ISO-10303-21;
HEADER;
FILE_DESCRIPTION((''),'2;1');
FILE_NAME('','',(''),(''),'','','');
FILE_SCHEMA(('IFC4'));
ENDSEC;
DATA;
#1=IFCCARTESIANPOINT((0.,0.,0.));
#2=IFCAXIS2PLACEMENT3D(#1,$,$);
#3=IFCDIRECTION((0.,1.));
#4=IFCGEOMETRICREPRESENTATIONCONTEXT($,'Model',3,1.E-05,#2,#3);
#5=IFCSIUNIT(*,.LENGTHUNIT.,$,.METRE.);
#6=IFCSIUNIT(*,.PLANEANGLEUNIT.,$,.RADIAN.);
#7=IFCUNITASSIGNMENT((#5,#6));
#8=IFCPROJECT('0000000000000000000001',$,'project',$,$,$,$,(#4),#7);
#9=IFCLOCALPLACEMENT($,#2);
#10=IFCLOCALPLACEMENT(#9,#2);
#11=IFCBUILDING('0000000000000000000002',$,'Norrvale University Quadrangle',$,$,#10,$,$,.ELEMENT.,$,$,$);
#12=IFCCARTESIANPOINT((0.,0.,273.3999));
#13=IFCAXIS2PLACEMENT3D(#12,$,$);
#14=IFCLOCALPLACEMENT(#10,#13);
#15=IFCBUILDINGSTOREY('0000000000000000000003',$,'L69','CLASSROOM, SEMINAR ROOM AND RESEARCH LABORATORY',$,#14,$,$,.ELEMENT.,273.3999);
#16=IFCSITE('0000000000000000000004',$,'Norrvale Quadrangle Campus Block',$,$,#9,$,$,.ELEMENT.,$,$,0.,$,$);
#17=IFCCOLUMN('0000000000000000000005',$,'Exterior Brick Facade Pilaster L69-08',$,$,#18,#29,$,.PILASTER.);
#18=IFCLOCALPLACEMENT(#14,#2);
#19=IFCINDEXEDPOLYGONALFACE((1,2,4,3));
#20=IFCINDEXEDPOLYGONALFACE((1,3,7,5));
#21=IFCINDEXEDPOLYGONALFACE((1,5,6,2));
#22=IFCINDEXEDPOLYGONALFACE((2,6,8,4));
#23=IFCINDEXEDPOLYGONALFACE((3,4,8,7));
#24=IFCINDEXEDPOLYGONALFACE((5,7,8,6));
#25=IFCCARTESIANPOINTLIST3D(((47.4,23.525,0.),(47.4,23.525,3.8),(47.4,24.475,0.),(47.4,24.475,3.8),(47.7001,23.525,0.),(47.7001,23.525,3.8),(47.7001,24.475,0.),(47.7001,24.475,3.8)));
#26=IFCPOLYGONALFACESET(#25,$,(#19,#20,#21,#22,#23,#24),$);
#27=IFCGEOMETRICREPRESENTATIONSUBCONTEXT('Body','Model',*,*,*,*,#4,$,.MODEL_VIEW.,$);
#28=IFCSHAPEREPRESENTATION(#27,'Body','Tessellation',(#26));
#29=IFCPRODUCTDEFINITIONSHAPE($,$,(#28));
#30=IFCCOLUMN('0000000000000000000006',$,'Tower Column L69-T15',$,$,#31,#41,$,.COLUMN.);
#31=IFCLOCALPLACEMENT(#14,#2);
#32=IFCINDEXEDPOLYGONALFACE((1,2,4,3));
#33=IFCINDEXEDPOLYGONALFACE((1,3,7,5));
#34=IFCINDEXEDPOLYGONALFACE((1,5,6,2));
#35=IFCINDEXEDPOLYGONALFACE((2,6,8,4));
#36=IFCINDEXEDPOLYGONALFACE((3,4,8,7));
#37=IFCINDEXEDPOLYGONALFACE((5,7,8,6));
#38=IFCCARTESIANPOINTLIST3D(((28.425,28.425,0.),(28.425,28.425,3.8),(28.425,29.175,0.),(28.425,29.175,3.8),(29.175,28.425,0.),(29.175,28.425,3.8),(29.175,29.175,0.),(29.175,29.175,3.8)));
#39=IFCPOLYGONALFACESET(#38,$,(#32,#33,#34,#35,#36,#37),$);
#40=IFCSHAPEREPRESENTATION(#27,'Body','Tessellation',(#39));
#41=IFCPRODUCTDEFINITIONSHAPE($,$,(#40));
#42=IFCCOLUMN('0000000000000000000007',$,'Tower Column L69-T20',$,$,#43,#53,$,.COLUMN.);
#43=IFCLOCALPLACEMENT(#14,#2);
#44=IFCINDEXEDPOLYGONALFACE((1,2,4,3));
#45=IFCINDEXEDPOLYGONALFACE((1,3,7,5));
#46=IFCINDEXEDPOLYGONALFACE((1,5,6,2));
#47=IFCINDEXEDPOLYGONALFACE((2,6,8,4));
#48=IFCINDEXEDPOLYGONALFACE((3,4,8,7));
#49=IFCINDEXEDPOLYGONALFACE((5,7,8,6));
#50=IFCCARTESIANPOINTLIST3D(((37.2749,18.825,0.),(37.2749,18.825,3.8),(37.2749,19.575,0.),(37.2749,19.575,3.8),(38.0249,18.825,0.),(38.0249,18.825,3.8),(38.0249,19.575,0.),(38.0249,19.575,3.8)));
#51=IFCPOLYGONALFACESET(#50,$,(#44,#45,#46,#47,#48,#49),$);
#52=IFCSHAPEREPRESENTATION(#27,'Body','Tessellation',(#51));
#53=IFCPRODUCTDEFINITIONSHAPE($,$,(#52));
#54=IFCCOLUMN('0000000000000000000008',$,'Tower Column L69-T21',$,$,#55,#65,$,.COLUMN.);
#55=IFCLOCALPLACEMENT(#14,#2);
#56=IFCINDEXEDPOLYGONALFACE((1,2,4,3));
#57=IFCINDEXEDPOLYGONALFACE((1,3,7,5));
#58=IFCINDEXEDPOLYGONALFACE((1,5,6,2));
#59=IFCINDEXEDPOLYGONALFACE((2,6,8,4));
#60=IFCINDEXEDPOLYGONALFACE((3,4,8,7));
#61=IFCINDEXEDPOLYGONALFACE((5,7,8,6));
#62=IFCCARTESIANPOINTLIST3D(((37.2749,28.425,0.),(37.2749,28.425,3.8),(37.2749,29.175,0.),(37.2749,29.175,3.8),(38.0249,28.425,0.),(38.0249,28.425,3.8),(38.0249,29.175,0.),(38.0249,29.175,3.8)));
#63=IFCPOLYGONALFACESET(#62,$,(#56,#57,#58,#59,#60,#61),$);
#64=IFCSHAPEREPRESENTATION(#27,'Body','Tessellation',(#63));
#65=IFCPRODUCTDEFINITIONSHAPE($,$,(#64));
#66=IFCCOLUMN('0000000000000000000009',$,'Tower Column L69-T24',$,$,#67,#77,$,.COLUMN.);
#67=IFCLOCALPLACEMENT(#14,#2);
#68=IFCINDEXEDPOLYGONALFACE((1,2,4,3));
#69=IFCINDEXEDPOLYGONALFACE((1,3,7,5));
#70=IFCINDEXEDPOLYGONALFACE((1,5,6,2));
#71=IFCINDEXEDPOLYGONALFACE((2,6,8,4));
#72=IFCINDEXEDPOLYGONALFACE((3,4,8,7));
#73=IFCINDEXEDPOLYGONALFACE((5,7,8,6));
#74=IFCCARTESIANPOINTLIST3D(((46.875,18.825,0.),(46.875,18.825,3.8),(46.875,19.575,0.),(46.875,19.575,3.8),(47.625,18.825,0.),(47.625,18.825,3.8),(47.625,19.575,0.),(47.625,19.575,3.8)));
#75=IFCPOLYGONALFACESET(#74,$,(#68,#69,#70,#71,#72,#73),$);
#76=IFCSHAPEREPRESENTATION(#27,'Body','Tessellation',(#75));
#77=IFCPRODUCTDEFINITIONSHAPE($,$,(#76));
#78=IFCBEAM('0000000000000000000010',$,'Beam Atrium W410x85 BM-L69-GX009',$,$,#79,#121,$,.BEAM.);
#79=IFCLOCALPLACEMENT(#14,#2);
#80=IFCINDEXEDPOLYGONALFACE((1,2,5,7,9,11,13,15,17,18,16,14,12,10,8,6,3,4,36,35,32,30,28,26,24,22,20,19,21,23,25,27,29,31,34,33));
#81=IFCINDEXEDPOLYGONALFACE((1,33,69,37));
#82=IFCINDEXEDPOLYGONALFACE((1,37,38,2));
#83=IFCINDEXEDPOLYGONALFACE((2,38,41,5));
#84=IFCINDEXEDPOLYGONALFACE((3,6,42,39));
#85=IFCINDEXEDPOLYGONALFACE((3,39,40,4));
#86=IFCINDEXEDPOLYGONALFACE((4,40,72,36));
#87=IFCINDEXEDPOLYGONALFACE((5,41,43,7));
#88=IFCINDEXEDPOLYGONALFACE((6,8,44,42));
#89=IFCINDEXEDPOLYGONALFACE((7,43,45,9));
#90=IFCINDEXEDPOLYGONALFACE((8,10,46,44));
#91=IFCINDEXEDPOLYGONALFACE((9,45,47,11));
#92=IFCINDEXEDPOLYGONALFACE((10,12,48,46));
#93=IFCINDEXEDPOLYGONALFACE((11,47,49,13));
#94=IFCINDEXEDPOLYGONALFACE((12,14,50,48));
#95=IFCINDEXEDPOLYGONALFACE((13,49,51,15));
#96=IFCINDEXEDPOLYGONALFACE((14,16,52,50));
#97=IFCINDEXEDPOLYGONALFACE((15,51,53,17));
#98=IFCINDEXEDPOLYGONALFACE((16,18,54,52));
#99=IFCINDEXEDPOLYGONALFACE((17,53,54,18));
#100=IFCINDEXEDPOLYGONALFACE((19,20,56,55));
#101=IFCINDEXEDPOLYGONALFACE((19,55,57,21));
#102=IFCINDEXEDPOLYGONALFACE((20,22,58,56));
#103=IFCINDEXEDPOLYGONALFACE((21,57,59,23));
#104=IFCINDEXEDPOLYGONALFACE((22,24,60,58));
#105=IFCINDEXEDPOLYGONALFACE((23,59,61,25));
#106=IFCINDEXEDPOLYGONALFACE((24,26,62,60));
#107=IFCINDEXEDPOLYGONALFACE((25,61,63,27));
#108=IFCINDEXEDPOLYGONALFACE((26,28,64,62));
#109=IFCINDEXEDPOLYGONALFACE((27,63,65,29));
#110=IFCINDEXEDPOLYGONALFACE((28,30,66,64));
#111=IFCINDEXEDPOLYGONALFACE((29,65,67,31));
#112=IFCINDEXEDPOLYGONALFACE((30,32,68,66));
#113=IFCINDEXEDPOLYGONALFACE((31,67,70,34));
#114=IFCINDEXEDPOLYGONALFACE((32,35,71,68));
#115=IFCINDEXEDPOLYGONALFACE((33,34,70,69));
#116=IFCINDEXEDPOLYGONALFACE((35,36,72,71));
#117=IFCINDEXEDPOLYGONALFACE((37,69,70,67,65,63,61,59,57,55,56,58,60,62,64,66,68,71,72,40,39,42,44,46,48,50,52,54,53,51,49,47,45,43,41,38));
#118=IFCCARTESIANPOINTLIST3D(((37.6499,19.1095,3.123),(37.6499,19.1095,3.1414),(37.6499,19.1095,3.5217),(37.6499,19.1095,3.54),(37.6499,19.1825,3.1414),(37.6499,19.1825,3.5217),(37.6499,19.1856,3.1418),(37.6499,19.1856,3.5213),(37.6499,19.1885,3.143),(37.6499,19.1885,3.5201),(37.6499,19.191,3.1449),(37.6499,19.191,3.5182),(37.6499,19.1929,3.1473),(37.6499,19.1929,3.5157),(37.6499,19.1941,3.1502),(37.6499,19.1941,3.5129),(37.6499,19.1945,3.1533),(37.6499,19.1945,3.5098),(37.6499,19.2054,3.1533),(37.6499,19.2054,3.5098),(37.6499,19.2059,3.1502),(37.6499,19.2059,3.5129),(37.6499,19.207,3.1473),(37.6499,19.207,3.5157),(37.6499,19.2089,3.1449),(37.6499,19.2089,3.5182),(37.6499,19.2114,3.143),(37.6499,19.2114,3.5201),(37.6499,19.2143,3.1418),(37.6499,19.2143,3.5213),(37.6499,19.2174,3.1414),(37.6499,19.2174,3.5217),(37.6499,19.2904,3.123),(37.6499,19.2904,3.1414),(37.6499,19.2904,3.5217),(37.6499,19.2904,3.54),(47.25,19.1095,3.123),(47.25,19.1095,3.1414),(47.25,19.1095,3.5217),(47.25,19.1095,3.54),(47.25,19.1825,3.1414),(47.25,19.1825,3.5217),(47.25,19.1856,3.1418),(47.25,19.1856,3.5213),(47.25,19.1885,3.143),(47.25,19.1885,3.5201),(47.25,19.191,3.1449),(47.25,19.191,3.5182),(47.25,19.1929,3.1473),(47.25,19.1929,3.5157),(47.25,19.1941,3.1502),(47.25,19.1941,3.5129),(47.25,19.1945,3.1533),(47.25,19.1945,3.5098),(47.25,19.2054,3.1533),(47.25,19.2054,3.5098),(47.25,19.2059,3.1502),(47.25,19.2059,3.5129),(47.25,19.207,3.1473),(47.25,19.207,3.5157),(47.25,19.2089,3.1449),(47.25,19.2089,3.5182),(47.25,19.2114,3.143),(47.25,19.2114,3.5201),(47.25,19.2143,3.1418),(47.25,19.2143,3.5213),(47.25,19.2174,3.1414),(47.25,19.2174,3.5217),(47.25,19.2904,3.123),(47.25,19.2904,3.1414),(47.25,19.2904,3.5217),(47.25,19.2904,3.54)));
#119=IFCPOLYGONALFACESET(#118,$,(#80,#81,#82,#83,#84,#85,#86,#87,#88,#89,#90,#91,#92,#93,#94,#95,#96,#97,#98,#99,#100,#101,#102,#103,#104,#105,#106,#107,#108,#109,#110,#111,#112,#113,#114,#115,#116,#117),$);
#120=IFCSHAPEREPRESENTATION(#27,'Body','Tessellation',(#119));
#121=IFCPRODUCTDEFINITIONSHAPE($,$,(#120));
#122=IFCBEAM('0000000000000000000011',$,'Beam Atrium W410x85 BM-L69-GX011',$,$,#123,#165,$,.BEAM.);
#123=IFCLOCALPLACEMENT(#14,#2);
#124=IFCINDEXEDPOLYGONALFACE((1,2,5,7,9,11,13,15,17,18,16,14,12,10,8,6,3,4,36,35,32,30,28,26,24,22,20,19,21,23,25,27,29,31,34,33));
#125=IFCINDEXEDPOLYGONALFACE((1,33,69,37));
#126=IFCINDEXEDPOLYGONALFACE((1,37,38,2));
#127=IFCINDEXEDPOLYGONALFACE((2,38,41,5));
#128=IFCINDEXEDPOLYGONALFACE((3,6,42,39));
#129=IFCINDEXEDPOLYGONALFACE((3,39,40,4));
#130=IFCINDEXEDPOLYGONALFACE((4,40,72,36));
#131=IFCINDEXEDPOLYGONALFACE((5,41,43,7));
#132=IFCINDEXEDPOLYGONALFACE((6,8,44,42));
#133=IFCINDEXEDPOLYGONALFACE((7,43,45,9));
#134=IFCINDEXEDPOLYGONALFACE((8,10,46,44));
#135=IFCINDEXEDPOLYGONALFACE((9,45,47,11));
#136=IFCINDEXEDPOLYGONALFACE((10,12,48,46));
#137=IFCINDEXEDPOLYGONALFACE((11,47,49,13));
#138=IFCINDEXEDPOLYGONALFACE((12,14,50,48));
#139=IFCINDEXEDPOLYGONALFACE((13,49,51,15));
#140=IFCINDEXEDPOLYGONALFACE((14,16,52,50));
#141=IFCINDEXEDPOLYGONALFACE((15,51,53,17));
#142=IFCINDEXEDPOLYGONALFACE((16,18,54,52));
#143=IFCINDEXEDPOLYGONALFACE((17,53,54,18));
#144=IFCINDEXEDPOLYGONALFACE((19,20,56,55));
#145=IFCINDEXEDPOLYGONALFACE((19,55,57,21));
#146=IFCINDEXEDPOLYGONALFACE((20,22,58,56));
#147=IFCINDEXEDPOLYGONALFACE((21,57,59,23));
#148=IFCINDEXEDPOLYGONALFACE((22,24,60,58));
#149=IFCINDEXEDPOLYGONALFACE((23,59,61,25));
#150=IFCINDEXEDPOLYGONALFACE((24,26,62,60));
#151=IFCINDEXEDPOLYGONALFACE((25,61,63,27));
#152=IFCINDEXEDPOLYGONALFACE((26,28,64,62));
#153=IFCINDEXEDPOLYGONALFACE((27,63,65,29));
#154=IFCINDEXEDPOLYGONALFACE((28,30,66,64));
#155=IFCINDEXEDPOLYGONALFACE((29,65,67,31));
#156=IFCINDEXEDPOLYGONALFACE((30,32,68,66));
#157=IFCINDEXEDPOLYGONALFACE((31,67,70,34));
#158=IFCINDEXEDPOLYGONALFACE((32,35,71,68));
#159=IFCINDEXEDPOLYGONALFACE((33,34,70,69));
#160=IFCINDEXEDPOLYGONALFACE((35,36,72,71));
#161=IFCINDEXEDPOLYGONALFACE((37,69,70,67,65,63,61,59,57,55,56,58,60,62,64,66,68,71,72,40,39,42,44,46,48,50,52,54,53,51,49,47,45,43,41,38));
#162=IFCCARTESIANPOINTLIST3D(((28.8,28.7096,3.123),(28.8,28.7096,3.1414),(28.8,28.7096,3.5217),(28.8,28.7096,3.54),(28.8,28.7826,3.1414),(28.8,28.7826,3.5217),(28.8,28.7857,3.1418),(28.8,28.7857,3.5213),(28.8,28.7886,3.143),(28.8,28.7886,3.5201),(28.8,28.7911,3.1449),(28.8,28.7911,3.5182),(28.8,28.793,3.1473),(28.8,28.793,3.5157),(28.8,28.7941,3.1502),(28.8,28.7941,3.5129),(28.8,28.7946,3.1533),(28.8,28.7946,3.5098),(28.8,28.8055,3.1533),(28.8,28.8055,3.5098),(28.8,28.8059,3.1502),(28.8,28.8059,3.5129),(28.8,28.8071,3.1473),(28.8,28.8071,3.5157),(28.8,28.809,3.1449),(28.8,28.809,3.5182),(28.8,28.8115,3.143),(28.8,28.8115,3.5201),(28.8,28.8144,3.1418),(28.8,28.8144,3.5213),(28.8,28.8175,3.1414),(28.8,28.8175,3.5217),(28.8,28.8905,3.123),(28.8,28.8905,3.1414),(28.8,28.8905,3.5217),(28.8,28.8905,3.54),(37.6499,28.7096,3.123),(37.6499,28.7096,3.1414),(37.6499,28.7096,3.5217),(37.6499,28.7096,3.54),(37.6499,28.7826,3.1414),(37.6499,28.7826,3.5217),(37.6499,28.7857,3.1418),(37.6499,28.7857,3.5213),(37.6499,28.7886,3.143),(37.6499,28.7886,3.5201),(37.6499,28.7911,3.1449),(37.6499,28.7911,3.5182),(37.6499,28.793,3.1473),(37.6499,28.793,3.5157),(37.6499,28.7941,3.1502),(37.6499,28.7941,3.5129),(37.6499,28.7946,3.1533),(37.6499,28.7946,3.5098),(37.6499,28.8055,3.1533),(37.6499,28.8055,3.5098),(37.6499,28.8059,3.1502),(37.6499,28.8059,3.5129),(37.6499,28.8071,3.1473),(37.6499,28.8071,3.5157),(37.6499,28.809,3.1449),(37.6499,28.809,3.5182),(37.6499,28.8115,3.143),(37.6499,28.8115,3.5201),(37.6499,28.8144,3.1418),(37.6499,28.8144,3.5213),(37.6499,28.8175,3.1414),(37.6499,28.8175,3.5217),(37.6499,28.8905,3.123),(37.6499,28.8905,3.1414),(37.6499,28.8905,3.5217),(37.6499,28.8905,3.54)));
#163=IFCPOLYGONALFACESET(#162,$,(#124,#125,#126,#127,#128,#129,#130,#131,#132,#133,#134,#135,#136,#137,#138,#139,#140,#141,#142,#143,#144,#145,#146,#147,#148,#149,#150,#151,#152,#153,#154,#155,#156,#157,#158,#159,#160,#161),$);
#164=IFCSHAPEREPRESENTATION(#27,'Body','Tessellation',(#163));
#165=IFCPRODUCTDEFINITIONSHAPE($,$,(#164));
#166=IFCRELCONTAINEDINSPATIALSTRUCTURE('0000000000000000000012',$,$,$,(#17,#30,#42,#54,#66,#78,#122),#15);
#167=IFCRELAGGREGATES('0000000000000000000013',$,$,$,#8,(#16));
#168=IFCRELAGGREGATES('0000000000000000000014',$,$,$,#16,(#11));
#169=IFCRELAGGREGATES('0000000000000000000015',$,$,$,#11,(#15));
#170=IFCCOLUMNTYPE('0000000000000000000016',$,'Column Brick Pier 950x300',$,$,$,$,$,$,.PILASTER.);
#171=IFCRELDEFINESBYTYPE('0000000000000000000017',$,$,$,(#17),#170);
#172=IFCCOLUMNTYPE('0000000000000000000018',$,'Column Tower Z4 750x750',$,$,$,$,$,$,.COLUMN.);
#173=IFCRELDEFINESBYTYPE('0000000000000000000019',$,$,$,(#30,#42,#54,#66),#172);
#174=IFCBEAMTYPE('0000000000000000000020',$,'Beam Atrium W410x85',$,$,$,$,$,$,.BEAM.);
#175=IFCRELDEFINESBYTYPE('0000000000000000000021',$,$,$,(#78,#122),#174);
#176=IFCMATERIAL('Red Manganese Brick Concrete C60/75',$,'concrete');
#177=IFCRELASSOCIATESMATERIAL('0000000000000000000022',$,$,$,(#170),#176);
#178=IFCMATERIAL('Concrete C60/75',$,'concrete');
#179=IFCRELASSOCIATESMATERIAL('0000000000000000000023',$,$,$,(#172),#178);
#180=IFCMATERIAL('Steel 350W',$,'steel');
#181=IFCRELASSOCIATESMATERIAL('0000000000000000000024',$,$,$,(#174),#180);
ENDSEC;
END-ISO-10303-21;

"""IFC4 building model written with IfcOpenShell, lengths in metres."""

from ifc_helpers import new_model, si_unit, direction, frame, origin, origin_2d, place, context, subcontext, project, spatial, rectangle, i_section, extrude, material, material_profile, profile_set, type_object, element, save


model = new_model("IFC4")

# Units and contexts
model_context = context("Model", 3, precision=1e-05, world=origin(), true_north=direction((0.0, 1.0)))
body_context = subcontext(model_context, "Body", "Model", "MODEL_VIEW")
ifc_project = project(units=[si_unit("LENGTHUNIT", "METRE"), si_unit("PLANEANGLEUNIT", "RADIAN")], contexts=[model_context])

# Site, building, storey
site_placement = place(None, origin())
site = spatial("IfcSite", under=ifc_project, at=site_placement, Name="Norrvale Quadrangle Campus Block", CompositionType="ELEMENT", RefElevation=0.0)
building_placement = place(site_placement, origin())
building = spatial("IfcBuilding", under=site, at=building_placement, Name="Norrvale University Quadrangle", CompositionType="ELEMENT")
storey_placement = place(building_placement, frame((0.0, 0.0, 273.3999)))
storey = spatial("IfcBuildingStorey", under=building, at=storey_placement, Name="L69", Description="CLASSROOM, SEMINAR ROOM AND RESEARCH LABORATORY", CompositionType="ELEMENT", Elevation=273.3999)

# Columns
ifc_material_1 = material(Name="Red Manganese Brick Concrete C60/75", Category="concrete")
ifc_material_profile_1 = material_profile(ifc_material_1, rectangle(XDim=0.95, YDim=0.3, at=origin_2d()), Name="Red Manganese Brick Concrete C60/75")
ifc_profile_set_1 = profile_set([ifc_material_profile_1], Name="Red Manganese Brick Concrete C60/75")
column_type_1 = type_object("IfcColumnType", Name="Column Brick Pier 950x300", PredefinedType="PILASTER", material=ifc_profile_set_1)
column_placement = place(storey_placement, frame((47.55, 24.0, 0.0), z_axis=(0.0, 0.0, 1.0), x_axis=(0.0, 1.0, 0.0)))
element("IfcColumn", 1, at=column_placement, inside=storey, type_object=column_type_1, Name="Exterior Brick Facade Pilaster L69-08", PredefinedType="PILASTER", context=body_context, shape_type="SweptSolid", body=[
    extrude(rectangle(XDim=0.95, YDim=0.3, at=origin_2d()), origin(), (0.0, 0.0, 1.0), 3.8),
])
ifc_material_2 = material(Name="Concrete C60/75", Category="concrete")
ifc_material_profile_2 = material_profile(ifc_material_2, rectangle(XDim=0.75, YDim=0.75, at=origin_2d()), Name="Concrete C60/75")
ifc_profile_set_2 = profile_set([ifc_material_profile_2], Name="Concrete C60/75")
column_type_2 = type_object("IfcColumnType", Name="Column Tower Z4 750x750", PredefinedType="COLUMN", material=ifc_profile_set_2)
for number, where, z_axis, x_axis, name in (
    (2, (28.8, 28.8, 0.0), (0.0, 0.0, 1.0), (1.0, 0.0, 0.0), "Tower Column L69-T15"),
    (3, (37.6499, 19.2, 0.0), (0.0, 0.0, 1.0), (1.0, 0.0, 0.0), "Tower Column L69-T20"),
    (4, (37.6499, 28.8, 0.0), (0.0, 0.0, 1.0), (1.0, 0.0, 0.0), "Tower Column L69-T21"),
    (5, (47.25, 19.2, 0.0), (0.0, 0.0, 1.0), (1.0, 0.0, 0.0), "Tower Column L69-T24"),
):
    element("IfcColumn", number, at=place(storey_placement, frame(where, z_axis=z_axis, x_axis=x_axis)), inside=storey, type_object=column_type_2, Name=name, PredefinedType="COLUMN", context=body_context, shape_type="SweptSolid", body=[
        extrude(rectangle(XDim=0.75, YDim=0.75, at=origin_2d()), origin(), (0.0, 0.0, 1.0), 3.8),
    ])

# Beams
ifc_material_3 = material(Name="Steel 350W", Category="steel")
ifc_material_profile_3 = material_profile(ifc_material_3, i_section(OverallWidth=0.1809, OverallDepth=0.417, WebThickness=0.011, FlangeThickness=0.0183, FilletRadius=0.012, at=origin_2d()), Name="Steel 350W")
ifc_profile_set_3 = profile_set([ifc_material_profile_3], Name="Steel 350W")
beam_type_1 = type_object("IfcBeamType", Name="Beam Atrium W410x85", PredefinedType="BEAM", material=ifc_profile_set_3)
beam_1_placement = place(storey_placement, frame((37.6499, 19.2, 3.3315), z_axis=(1.0, 0.0, 0.0), x_axis=(0.0, 1.0, 0.0)))
element("IfcBeam", 6, at=beam_1_placement, inside=storey, type_object=beam_type_1, Name="Beam Atrium W410x85 BM-L69-GX009", PredefinedType="BEAM", context=body_context, shape_type="SweptSolid", body=[
    extrude(i_section(OverallWidth=0.1809, OverallDepth=0.417, WebThickness=0.011, FlangeThickness=0.0183, FilletRadius=0.012, at=origin_2d()), origin(), (0.0, 0.0, 1.0), 9.6001),
])
for number, where, z_axis, x_axis, name in (
    (7, (28.8, 28.8, 3.3315), (1.0, 0.0, 0.0), (0.0, 1.0, 0.0), "Beam Atrium W410x85 BM-L69-GX011"),
):
    element("IfcBeam", number, at=place(storey_placement, frame(where, z_axis=z_axis, x_axis=x_axis)), inside=storey, type_object=beam_type_1, Name=name, PredefinedType="BEAM", context=body_context, shape_type="SweptSolid", body=[
        extrude(i_section(OverallWidth=0.1809, OverallDepth=0.417, WebThickness=0.011, FlangeThickness=0.0183, FilletRadius=0.012, at=origin_2d()), origin(), (0.0, 0.0, 1.0), 8.8499),
    ])

save(model, "model.ifc")
